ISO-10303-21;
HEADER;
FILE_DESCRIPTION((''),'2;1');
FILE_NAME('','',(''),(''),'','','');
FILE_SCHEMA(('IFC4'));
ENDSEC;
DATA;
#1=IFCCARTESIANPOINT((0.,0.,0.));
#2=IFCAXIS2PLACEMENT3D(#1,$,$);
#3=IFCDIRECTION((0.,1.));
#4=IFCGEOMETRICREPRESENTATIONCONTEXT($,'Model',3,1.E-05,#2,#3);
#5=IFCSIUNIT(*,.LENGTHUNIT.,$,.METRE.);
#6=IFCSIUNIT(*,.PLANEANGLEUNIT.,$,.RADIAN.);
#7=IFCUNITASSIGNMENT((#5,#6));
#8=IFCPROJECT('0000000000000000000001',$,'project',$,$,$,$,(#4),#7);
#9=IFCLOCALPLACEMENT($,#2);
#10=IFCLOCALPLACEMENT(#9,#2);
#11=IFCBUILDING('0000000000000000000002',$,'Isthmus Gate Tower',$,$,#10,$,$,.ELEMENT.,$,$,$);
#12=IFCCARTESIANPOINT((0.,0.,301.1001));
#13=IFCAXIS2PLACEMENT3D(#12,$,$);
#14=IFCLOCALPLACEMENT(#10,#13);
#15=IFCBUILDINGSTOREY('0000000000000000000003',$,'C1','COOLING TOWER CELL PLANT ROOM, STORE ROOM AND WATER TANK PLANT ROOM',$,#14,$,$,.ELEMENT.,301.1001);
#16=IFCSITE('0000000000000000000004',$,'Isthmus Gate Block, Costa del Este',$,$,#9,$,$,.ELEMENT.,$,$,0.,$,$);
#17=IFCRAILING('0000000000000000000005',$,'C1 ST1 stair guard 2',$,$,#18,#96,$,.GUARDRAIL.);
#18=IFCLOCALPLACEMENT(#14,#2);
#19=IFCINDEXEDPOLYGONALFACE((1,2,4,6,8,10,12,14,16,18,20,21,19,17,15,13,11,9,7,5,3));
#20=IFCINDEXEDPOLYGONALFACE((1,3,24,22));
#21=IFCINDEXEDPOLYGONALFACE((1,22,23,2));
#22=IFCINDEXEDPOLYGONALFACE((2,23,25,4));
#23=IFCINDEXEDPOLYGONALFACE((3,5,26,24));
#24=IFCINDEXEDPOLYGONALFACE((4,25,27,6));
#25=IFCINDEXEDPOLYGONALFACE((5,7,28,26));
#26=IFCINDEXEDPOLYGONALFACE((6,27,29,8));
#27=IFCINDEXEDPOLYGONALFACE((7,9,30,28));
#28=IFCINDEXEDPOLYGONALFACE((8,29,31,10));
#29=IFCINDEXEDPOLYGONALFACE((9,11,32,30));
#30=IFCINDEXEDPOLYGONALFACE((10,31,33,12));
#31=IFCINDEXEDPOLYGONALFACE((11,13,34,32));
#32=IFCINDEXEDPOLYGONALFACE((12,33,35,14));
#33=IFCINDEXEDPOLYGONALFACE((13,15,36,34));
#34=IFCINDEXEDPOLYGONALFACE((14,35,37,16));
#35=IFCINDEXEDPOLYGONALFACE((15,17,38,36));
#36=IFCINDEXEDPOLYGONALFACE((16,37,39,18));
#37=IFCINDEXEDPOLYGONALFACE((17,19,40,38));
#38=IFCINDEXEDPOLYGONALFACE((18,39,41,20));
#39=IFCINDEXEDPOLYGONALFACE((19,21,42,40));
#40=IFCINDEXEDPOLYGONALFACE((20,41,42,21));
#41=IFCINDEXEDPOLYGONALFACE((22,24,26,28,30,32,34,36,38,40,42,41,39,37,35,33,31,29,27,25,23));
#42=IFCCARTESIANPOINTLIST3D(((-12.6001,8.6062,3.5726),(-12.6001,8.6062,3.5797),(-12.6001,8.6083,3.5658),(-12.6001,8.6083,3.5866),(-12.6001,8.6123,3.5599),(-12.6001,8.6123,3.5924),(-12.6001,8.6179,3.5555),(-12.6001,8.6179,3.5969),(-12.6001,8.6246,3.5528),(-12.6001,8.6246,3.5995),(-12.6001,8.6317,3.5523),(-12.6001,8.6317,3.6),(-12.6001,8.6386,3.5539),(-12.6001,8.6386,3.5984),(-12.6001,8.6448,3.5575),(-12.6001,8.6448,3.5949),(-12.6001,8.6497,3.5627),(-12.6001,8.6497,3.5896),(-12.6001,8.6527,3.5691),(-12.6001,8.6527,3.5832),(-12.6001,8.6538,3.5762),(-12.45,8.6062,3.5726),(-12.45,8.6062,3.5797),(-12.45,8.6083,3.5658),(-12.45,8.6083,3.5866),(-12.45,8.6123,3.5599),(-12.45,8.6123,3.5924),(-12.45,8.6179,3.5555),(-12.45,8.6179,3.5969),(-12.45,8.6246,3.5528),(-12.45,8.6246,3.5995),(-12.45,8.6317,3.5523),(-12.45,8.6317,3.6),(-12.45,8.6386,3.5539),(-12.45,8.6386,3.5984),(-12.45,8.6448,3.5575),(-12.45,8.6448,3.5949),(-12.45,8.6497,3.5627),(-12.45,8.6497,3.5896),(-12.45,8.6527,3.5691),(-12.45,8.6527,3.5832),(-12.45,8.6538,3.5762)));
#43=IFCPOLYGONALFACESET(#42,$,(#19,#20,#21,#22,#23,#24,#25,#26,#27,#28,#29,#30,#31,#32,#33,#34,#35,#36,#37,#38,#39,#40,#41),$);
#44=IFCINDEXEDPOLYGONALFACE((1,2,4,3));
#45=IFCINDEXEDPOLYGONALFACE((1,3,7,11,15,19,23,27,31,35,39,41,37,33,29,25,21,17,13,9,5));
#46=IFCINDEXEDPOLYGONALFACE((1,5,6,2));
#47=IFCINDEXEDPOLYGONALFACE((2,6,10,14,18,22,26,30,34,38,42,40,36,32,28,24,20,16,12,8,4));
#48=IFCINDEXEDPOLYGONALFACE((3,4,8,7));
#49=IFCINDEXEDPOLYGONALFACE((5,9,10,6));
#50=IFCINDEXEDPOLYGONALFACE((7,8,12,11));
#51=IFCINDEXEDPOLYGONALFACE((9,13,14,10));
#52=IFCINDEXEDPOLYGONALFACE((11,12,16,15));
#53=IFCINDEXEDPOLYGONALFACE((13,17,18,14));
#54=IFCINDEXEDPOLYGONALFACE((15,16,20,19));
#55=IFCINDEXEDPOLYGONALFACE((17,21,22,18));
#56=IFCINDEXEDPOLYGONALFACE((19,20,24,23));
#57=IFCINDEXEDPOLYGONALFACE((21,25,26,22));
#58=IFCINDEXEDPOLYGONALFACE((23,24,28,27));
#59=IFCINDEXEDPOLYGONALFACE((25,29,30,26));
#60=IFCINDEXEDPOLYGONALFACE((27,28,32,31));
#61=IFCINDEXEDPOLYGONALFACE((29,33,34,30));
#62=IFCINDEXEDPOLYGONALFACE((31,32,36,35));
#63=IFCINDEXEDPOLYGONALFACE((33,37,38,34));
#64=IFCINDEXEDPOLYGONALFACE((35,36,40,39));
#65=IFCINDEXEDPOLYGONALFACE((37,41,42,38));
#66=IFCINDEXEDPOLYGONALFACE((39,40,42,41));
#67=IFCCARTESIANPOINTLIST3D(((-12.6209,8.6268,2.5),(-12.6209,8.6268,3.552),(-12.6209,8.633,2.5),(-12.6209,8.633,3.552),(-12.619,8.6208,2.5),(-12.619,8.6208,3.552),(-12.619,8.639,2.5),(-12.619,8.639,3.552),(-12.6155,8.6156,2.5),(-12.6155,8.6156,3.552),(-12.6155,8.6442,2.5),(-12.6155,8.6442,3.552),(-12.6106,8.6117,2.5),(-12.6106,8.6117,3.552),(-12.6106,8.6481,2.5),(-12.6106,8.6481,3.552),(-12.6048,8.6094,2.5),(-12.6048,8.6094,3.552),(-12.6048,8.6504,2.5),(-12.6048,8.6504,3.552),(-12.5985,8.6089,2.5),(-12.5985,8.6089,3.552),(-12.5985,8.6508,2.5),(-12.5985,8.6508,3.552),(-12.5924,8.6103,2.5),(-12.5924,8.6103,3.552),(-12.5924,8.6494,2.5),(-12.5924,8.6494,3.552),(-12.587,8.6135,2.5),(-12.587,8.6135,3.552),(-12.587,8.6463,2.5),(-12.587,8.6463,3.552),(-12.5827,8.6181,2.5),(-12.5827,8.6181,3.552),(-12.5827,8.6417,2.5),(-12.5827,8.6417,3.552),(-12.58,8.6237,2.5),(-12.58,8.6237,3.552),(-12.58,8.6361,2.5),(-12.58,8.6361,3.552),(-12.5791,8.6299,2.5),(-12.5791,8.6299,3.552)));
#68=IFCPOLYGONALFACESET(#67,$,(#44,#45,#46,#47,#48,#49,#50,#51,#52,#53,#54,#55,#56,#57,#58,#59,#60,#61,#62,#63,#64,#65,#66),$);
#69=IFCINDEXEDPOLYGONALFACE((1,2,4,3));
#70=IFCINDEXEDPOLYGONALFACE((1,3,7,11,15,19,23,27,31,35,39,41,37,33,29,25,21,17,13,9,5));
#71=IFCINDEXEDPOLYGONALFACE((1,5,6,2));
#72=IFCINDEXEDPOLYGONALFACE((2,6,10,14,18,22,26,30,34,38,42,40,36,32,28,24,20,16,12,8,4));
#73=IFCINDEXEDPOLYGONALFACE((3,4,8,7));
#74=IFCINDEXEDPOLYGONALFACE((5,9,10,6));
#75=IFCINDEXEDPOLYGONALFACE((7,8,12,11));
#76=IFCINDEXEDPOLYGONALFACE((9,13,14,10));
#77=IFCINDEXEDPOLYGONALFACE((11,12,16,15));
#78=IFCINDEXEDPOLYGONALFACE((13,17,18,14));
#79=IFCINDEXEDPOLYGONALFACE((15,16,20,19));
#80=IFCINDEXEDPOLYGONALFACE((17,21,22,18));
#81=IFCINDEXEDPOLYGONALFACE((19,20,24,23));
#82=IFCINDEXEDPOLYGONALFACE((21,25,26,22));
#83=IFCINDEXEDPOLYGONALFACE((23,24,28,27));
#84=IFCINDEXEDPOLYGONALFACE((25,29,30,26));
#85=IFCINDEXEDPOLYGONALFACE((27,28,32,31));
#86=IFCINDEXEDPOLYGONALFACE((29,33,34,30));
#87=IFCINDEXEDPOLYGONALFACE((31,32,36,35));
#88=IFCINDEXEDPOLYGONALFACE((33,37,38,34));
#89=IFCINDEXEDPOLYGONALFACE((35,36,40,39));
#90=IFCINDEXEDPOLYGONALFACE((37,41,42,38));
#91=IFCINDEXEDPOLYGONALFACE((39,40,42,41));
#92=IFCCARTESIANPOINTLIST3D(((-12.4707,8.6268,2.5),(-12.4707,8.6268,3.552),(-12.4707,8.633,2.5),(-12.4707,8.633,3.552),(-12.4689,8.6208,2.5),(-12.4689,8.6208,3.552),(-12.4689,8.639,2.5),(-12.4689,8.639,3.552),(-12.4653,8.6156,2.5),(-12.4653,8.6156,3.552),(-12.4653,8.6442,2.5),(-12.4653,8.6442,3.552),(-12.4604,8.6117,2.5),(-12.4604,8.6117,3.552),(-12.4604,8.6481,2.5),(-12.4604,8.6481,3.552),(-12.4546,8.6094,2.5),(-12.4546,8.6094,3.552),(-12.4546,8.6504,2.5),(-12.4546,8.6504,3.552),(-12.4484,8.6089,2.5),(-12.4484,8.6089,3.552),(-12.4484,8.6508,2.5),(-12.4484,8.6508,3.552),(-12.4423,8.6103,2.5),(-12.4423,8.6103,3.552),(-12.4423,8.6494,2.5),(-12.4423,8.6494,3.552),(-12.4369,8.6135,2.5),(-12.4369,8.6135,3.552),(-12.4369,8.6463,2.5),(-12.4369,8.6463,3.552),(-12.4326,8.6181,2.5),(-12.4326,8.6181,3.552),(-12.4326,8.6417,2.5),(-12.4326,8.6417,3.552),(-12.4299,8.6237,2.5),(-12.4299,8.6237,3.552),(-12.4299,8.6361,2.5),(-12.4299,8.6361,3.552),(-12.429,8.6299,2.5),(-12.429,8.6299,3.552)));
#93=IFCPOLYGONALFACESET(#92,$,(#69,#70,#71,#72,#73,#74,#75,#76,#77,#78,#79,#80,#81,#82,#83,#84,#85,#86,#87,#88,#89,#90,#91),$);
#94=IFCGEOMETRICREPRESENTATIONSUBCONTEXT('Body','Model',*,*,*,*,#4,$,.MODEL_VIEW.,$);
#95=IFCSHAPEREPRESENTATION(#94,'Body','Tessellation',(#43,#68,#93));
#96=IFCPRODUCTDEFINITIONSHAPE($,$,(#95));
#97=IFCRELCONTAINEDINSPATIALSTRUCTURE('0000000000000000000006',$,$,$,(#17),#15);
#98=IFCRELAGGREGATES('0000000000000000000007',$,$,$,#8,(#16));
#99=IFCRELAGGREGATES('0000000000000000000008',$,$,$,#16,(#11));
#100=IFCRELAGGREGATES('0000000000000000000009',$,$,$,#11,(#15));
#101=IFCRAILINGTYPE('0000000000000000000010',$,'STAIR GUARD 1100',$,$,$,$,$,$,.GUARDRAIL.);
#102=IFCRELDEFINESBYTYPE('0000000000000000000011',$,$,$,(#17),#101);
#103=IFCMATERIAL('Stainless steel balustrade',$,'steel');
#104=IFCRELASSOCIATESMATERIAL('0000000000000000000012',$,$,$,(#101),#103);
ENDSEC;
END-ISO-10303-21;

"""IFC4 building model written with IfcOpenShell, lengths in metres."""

from ifc_helpers import new_model, si_unit, direction, frame, origin, origin_2d, place, context, subcontext, project, spatial, circle, extrude, material, type_object, element, save


model = new_model("IFC4")

# Units and contexts
model_context = context("Model", 3, precision=1e-05, world=origin(), true_north=direction((0.0, 1.0)))
body_context = subcontext(model_context, "Body", "Model", "MODEL_VIEW")
ifc_project = project(units=[si_unit("LENGTHUNIT", "METRE"), si_unit("PLANEANGLEUNIT", "RADIAN")], contexts=[model_context])

# Site, building, storey
site_placement = place(None, origin())
site = spatial("IfcSite", under=ifc_project, at=site_placement, Name="Isthmus Gate Block, Costa del Este", CompositionType="ELEMENT", RefElevation=0.0)
building_placement = place(site_placement, origin())
building = spatial("IfcBuilding", under=site, at=building_placement, Name="Isthmus Gate Tower", CompositionType="ELEMENT")
storey_placement = place(building_placement, frame((0.0, 0.0, 301.1001)))
storey = spatial("IfcBuildingStorey", under=building, at=storey_placement, Name="C1", Description="COOLING TOWER CELL PLANT ROOM, STORE ROOM AND WATER TANK PLANT ROOM", CompositionType="ELEMENT", Elevation=301.1001)

# Railing
ifc_material_1 = material(Name="Stainless steel balustrade", Category="steel")
railing_type_1 = type_object("IfcRailingType", Name="STAIR GUARD 1100", PredefinedType="GUARDRAIL", material=ifc_material_1)
railing_1_placement = place(storey_placement, frame((-12.6001, 8.6299, 2.5)))
element("IfcRailing", 1, at=railing_1_placement, inside=storey, type_object=railing_type_1, Name="C1 ST1 stair guard 2", PredefinedType="GUARDRAIL", context=body_context, shape_type="SweptSolid", body=[
    extrude(circle(Radius=0.0239, at=origin_2d()), frame((0.0, 0.0, 1.0762), z_axis=(1.0, 0.0, 0.0), x_axis=(0.0, 1.0, 0.0)), (0.0, 0.0, 1.0), 0.1501),
    extrude(circle(Radius=0.021, at=origin_2d()), origin(), (0.0, 0.0, 1.0), 1.052),
    extrude(circle(Radius=0.021, at=origin_2d()), frame((0.1501, 0.0, 0.0)), (0.0, 0.0, 1.0), 1.052),
])

save(model, "model.ifc")
